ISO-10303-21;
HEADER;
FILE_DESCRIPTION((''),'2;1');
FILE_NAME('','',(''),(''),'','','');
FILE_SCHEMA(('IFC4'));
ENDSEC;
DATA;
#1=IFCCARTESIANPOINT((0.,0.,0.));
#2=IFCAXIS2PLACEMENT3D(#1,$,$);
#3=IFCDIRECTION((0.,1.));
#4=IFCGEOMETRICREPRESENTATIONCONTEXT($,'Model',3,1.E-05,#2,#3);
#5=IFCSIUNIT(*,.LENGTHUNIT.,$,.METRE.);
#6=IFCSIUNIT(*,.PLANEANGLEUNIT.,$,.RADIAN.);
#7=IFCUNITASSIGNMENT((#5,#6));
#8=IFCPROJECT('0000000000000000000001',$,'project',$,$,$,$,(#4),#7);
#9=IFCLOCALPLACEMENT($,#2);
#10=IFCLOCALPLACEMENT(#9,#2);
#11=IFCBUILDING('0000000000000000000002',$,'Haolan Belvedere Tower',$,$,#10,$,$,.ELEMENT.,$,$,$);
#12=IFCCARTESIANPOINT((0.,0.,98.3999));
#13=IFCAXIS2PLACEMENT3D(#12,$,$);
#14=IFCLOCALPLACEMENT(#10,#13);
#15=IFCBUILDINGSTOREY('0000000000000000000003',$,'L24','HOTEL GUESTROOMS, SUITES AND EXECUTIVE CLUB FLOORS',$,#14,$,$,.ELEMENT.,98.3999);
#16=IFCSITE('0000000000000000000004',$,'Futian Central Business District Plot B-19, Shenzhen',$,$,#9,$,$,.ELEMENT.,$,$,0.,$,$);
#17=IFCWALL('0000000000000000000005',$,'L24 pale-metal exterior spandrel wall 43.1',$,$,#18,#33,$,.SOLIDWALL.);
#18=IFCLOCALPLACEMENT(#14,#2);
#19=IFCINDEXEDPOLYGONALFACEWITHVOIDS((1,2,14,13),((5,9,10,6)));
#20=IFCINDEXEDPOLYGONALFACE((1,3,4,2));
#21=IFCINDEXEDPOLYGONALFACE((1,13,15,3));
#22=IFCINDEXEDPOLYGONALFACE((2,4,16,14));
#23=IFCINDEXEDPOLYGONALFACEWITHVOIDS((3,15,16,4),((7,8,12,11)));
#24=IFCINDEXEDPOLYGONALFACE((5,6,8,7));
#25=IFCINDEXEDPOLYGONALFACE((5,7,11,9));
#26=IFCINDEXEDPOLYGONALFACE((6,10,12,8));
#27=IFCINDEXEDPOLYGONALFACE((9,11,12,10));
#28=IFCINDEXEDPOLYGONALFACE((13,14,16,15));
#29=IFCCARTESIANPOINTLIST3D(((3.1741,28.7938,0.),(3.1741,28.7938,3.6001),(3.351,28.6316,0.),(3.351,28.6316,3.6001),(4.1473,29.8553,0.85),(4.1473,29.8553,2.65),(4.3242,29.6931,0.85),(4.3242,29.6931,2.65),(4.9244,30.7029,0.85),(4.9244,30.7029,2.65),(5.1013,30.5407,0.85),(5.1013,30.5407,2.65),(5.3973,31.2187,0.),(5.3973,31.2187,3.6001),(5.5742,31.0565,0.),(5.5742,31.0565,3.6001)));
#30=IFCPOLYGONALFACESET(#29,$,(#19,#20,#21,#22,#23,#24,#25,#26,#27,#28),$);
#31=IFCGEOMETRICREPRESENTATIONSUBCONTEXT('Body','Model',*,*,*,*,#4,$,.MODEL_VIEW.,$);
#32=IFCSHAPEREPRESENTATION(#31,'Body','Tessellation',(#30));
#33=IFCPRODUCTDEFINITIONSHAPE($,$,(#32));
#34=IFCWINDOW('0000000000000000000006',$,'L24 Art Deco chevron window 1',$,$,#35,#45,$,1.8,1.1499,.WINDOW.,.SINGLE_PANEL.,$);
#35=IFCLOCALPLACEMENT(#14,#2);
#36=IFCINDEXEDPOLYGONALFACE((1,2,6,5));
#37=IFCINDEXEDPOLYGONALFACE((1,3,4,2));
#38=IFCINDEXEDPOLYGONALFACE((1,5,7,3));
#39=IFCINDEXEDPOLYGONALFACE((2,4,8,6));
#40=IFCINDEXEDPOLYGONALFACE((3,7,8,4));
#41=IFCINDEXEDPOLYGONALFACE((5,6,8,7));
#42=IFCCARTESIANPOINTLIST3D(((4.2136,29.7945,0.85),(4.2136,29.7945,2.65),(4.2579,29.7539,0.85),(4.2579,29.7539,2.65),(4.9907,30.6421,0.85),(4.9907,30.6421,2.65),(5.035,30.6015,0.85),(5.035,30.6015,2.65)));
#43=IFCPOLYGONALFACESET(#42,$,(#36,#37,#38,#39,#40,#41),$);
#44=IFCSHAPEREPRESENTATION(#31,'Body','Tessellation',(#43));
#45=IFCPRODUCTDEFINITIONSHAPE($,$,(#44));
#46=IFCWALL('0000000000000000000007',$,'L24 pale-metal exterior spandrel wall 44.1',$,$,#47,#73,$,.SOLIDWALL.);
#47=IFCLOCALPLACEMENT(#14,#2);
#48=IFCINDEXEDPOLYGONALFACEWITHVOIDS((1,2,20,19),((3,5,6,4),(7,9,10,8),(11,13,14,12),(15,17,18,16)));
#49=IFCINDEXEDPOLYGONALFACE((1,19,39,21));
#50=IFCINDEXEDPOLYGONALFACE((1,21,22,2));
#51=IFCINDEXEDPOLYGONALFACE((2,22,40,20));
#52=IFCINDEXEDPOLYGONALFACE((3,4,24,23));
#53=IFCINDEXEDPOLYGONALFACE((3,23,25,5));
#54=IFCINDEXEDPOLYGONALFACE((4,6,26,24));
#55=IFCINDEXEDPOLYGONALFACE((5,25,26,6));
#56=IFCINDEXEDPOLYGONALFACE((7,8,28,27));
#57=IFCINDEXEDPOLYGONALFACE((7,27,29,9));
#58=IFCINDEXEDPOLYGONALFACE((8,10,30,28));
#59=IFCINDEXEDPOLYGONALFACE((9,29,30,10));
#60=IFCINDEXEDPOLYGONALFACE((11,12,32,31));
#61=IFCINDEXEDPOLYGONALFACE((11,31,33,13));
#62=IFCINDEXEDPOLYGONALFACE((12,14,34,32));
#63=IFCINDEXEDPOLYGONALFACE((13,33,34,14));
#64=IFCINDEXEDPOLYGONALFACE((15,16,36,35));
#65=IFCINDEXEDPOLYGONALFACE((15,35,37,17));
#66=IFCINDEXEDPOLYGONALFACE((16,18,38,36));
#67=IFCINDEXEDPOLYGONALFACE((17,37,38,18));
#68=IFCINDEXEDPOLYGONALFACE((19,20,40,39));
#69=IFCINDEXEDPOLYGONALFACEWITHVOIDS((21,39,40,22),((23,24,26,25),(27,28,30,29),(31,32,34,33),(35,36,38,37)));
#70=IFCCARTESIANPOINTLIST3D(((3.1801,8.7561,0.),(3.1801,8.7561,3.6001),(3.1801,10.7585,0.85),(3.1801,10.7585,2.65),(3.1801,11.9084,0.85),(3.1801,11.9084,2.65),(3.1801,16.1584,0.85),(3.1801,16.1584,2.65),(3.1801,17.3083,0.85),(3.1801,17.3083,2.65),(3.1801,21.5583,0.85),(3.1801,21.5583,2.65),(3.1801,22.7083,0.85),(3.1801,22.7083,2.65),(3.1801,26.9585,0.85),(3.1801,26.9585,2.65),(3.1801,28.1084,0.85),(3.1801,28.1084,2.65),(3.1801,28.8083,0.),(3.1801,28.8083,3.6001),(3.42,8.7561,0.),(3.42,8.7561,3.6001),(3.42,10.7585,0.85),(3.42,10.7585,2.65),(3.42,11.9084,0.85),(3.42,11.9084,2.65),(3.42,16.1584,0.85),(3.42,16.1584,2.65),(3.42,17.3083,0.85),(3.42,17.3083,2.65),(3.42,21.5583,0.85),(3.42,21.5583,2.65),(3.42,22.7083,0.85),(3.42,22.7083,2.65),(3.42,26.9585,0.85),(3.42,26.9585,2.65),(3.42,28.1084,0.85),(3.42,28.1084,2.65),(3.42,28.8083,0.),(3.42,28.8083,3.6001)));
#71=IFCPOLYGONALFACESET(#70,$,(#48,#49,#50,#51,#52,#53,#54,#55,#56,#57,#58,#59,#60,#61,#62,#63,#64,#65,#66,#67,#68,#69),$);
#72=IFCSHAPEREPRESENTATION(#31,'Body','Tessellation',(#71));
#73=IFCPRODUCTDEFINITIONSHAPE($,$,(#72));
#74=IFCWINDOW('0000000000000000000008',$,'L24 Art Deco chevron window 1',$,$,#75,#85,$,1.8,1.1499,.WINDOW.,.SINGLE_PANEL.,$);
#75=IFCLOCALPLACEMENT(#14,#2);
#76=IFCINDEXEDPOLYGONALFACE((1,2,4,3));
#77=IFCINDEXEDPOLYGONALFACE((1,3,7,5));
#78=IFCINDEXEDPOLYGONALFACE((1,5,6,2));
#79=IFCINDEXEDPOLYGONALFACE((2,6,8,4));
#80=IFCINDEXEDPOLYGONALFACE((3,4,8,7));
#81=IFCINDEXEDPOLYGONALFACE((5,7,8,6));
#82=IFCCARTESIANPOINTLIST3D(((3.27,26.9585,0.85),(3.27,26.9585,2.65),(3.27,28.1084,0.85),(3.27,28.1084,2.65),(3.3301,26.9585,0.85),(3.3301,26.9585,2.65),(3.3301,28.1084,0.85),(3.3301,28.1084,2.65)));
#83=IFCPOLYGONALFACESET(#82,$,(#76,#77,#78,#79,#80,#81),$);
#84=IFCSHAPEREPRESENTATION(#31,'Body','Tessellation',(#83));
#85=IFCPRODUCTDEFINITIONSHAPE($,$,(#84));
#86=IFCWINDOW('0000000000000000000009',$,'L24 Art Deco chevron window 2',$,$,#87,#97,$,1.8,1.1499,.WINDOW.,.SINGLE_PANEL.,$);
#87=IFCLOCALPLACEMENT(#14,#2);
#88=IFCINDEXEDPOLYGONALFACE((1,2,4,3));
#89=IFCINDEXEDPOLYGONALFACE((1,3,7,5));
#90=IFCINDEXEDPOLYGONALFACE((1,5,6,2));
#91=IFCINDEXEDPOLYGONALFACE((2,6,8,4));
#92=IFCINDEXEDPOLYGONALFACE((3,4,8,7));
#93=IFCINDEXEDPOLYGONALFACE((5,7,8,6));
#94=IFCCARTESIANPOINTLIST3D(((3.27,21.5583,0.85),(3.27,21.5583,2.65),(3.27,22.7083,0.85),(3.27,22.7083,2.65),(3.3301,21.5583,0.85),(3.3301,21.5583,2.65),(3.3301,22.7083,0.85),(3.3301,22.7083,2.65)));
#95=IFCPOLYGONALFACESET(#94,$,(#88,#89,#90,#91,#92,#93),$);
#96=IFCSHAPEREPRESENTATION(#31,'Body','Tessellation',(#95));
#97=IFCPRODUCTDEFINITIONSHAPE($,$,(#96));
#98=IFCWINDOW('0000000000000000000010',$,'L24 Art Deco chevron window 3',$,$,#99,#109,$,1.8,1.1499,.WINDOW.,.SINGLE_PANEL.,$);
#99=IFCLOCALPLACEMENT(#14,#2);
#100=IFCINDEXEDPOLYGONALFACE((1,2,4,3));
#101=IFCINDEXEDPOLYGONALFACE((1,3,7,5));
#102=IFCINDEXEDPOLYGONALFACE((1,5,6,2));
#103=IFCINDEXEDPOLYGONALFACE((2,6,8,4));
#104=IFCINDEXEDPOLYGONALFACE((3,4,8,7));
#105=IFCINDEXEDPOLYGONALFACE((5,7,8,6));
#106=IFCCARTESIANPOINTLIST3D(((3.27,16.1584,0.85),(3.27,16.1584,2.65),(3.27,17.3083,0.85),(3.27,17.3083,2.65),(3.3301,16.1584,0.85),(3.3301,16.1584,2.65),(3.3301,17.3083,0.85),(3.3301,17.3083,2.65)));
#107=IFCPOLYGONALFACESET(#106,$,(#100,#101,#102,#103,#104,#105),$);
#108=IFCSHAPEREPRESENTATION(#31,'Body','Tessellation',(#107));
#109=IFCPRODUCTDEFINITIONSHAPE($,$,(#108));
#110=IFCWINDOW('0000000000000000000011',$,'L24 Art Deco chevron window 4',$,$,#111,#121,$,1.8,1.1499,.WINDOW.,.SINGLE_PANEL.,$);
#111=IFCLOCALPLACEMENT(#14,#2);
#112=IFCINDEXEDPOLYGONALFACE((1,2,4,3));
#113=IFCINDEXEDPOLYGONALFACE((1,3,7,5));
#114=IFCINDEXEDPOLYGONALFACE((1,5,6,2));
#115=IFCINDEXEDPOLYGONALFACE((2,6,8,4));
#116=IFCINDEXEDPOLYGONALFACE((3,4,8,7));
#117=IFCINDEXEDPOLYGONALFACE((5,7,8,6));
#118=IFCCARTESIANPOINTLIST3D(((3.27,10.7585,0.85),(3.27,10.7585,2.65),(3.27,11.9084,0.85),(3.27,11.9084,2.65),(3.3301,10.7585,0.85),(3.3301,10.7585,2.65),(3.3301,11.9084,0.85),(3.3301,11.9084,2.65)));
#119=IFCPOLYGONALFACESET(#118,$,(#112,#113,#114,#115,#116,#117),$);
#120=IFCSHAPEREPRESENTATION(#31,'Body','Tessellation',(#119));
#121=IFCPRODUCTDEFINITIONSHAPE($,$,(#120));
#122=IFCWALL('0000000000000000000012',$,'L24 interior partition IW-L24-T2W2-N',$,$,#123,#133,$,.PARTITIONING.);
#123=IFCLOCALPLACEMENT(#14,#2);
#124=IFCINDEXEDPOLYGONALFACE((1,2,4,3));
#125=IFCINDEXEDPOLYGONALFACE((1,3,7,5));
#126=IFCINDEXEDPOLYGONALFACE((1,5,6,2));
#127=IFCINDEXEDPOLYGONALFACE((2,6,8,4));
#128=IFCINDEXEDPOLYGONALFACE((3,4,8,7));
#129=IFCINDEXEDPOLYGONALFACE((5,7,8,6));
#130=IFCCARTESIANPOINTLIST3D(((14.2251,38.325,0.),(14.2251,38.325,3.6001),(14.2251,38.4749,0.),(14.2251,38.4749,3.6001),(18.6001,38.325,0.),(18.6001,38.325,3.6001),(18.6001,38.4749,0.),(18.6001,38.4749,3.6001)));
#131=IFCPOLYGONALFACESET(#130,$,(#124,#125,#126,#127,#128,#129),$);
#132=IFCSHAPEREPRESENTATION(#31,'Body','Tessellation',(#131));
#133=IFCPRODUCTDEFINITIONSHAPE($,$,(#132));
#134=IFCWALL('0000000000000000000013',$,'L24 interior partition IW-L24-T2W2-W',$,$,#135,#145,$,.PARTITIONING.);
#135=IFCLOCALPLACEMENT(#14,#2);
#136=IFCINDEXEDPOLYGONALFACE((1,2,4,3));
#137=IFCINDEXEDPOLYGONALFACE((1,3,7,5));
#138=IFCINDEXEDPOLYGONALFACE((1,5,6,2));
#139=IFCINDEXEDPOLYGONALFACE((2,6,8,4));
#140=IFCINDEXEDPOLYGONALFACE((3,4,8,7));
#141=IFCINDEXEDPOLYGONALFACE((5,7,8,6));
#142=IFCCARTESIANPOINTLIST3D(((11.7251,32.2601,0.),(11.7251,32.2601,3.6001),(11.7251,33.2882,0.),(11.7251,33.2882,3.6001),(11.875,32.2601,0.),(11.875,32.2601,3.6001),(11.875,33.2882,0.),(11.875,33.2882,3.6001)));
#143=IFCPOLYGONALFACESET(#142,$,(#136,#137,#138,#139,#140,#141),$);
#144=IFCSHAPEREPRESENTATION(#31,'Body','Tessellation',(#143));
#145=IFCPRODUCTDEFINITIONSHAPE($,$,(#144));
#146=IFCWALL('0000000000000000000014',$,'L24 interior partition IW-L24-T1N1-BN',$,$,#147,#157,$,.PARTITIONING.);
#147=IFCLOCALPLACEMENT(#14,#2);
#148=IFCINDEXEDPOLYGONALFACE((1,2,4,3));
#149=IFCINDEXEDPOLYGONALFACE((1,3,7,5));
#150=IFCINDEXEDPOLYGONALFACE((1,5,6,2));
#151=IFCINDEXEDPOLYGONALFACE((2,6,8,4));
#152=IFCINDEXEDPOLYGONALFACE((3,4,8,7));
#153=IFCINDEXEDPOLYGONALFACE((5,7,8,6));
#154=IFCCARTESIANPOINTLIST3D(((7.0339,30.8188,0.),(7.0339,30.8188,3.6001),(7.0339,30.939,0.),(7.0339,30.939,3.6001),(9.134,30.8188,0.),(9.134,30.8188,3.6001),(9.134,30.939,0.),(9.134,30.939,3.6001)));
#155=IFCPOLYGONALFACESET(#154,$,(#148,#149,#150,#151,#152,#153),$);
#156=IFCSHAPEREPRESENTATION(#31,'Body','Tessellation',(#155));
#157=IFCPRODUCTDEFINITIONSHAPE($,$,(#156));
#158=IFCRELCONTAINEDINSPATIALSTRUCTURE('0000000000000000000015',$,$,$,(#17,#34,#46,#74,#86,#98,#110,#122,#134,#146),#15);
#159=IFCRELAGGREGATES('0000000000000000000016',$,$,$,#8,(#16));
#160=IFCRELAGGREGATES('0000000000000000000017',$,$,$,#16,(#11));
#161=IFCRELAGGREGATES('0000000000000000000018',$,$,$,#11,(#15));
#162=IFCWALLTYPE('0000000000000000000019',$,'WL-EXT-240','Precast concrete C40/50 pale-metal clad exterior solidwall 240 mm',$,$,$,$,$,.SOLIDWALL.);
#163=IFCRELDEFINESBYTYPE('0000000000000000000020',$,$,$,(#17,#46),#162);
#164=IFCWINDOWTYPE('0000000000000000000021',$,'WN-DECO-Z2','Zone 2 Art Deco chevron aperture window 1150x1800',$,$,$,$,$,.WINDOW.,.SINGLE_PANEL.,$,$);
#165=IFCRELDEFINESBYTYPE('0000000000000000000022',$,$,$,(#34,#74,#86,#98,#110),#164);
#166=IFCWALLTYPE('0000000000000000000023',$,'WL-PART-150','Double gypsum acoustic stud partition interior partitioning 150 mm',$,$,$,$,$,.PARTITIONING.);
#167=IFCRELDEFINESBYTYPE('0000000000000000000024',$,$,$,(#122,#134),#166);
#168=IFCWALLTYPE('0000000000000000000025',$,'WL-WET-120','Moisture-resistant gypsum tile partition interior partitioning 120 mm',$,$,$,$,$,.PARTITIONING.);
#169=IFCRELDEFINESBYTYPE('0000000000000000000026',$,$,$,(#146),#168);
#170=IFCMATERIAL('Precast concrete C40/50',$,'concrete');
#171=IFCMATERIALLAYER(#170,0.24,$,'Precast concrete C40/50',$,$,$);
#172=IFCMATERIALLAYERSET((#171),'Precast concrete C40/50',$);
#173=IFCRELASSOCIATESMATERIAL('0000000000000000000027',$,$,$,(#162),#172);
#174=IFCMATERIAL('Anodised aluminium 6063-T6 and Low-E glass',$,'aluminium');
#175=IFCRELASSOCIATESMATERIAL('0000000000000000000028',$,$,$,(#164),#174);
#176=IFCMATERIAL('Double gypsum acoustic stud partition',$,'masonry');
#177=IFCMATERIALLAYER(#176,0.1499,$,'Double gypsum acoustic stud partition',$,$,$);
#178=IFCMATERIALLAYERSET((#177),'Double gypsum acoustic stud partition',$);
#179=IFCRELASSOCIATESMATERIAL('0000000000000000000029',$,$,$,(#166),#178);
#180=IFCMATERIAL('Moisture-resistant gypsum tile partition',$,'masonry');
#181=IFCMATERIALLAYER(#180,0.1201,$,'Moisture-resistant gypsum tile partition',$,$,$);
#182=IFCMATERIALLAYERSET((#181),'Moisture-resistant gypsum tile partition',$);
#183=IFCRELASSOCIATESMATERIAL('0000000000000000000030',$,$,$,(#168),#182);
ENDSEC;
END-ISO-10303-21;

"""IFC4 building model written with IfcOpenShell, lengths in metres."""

from ifc_helpers import new_model, si_unit, direction, frame, frame_2d, origin, place, context, subcontext, project, spatial, rectangle, extrude, material, layer, layer_set, type_object, element, fill, save


model = new_model("IFC4")

# Units and contexts
model_context = context("Model", 3, precision=1e-05, world=origin(), true_north=direction((0.0, 1.0)))
body_context = subcontext(model_context, "Body", "Model", "MODEL_VIEW")
ifc_project = project(units=[si_unit("LENGTHUNIT", "METRE"), si_unit("PLANEANGLEUNIT", "RADIAN")], contexts=[model_context])

# Site, building, storey
site_placement = place(None, origin())
site = spatial("IfcSite", under=ifc_project, at=site_placement, Name="Futian Central Business District Plot B-19, Shenzhen", CompositionType="ELEMENT", RefElevation=0.0)
building_placement = place(site_placement, origin())
building = spatial("IfcBuilding", under=site, at=building_placement, Name="Haolan Belvedere Tower", CompositionType="ELEMENT")
storey_placement = place(building_placement, frame((0.0, 0.0, 98.3999)))
storey = spatial("IfcBuildingStorey", under=building, at=storey_placement, Name="L24", Description="HOTEL GUESTROOMS, SUITES AND EXECUTIVE CLUB FLOORS", CompositionType="ELEMENT", Elevation=98.3999)

# Shared definitions
ifc_material_1 = material(Name="Precast concrete C40/50", Category="concrete")
ifc_layer_1 = layer(ifc_material_1, 0.24, Name="Precast concrete C40/50")
ifc_layer_set_1 = layer_set([ifc_layer_1], Name="Precast concrete C40/50")
wall_type_1 = type_object("IfcWallType", Name="WL-EXT-240", Description="Precast concrete C40/50 pale-metal clad exterior solidwall 240 mm", PredefinedType="SOLIDWALL", material=ifc_layer_set_1)

# Wall, opening, window
ifc_material_2 = material(Name="Anodised aluminium 6063-T6 and Low-E glass", Category="aluminium")
window_type = type_object("IfcWindowType", Name="WN-DECO-Z2", Description="Zone 2 Art Deco chevron aperture window 1150x1800", PartitioningType="SINGLE_PANEL", PredefinedType="WINDOW", material=ifc_material_2)
wall_1_placement = place(storey_placement, frame((5.4858, 31.1377, 0.0), z_axis=(0.0, 0.0, 1.0), x_axis=(-0.675792, -0.737093, 0.0)))
wall_1 = element("IfcWall", 1, at=wall_1_placement, inside=storey, type_object=wall_type_1, Name="L24 pale-metal exterior spandrel wall 43.1", PredefinedType="SOLIDWALL", context=body_context, shape_type="SweptSolid", body=[
    extrude(rectangle(XDim=3.2898, YDim=0.24, at=frame_2d((1.645, 0.0))), origin(), (0.0, 0.0, 1.0), 3.6001),
])
opening_1_placement = place(wall_1_placement, frame((0.7, 0.0, 0.8501)))
opening_1 = element("IfcOpeningElement", 2, at=opening_1_placement, cuts=wall_1, PredefinedType="OPENING", context=body_context, shape_type="SweptSolid", body=[
    extrude(rectangle(XDim=1.1499, YDim=1.8, at=frame_2d((0.575, 0.8999))), frame((0.0, 0.1299, 0.0), z_axis=(0.0, -1.0, 0.0), x_axis=(1.0, 0.0, 0.0)), (0.0, 0.0, 1.0), 0.26),
])
window_1_placement = place(opening_1_placement, origin())
window_1 = element("IfcWindow", 3, at=window_1_placement, inside=storey, type_object=window_type, Name="L24 Art Deco chevron window 1", OverallHeight=1.8, OverallWidth=1.1499, PartitioningType="SINGLE_PANEL", PredefinedType="WINDOW", context=body_context, shape_type="SweptSolid", body=[
    extrude(rectangle(XDim=1.1499, YDim=1.8, at=frame_2d((0.575, 0.8999))), frame((0.0, 0.03, 0.0), z_axis=(0.0, -1.0, 0.0), x_axis=(1.0, 0.0, 0.0)), (0.0, 0.0, 1.0), 0.0601),
])
fill(opening_1, window_1)

# Wall, openings, windows
wall_2_placement = place(storey_placement, frame((3.3, 28.8083, 0.0), z_axis=(0.0, 0.0, 1.0), x_axis=(0.0, -1.0, 0.0)))
wall_2 = element("IfcWall", 4, at=wall_2_placement, inside=storey, type_object=wall_type_1, Name="L24 pale-metal exterior spandrel wall 44.1", PredefinedType="SOLIDWALL", context=body_context, shape_type="SweptSolid", body=[
    extrude(rectangle(XDim=20.0522, YDim=0.24, at=frame_2d((10.0261, 0.0))), origin(), (0.0, 0.0, 1.0), 3.6001),
])
opening_2_placement = place(wall_2_placement, frame((0.7, 0.0, 0.8501)))
opening_2 = element("IfcOpeningElement", 5, at=opening_2_placement, cuts=wall_2, PredefinedType="OPENING", context=body_context, shape_type="SweptSolid", body=[
    extrude(rectangle(XDim=1.1499, YDim=1.8, at=frame_2d((0.575, 0.8999))), frame((0.0, 0.1299, 0.0), z_axis=(0.0, -1.0, 0.0), x_axis=(1.0, 0.0, 0.0)), (0.0, 0.0, 1.0), 0.26),
])
opening_3_placement = place(wall_2_placement, frame((6.1001, 0.0, 0.8501)))
opening_3 = element("IfcOpeningElement", 6, at=opening_3_placement, cuts=wall_2, PredefinedType="OPENING", context=body_context, shape_type="SweptSolid", body=[
    extrude(rectangle(XDim=1.1499, YDim=1.8, at=frame_2d((0.575, 0.8999))), frame((0.0, 0.1299, 0.0), z_axis=(0.0, -1.0, 0.0), x_axis=(1.0, 0.0, 0.0)), (0.0, 0.0, 1.0), 0.26),
])
opening_4_placement = place(wall_2_placement, frame((11.5, 0.0, 0.8501)))
opening_4 = element("IfcOpeningElement", 7, at=opening_4_placement, cuts=wall_2, PredefinedType="OPENING", context=body_context, shape_type="SweptSolid", body=[
    extrude(rectangle(XDim=1.1499, YDim=1.8, at=frame_2d((0.575, 0.8999))), frame((0.0, 0.1299, 0.0), z_axis=(0.0, -1.0, 0.0), x_axis=(1.0, 0.0, 0.0)), (0.0, 0.0, 1.0), 0.26),
])
opening_5_placement = place(wall_2_placement, frame((16.8999, 0.0, 0.8501)))
opening_5 = element("IfcOpeningElement", 8, at=opening_5_placement, cuts=wall_2, PredefinedType="OPENING", context=body_context, shape_type="SweptSolid", body=[
    extrude(rectangle(XDim=1.1499, YDim=1.8, at=frame_2d((0.575, 0.8999))), frame((0.0, 0.1299, 0.0), z_axis=(0.0, -1.0, 0.0), x_axis=(1.0, 0.0, 0.0)), (0.0, 0.0, 1.0), 0.26),
])
window_2_placement = place(opening_2_placement, origin())
window_2 = element("IfcWindow", 9, at=window_2_placement, inside=storey, type_object=window_type, Name="L24 Art Deco chevron window 1", OverallHeight=1.8, OverallWidth=1.1499, PartitioningType="SINGLE_PANEL", PredefinedType="WINDOW", context=body_context, shape_type="SweptSolid", body=[
    extrude(rectangle(XDim=1.1499, YDim=1.8, at=frame_2d((0.575, 0.8999))), frame((0.0, 0.03, 0.0), z_axis=(0.0, -1.0, 0.0), x_axis=(1.0, 0.0, 0.0)), (0.0, 0.0, 1.0), 0.0601),
])
fill(opening_2, window_2)
window_3_placement = place(opening_3_placement, origin())
window_3 = element("IfcWindow", 10, at=window_3_placement, inside=storey, type_object=window_type, Name="L24 Art Deco chevron window 2", OverallHeight=1.8, OverallWidth=1.1499, PartitioningType="SINGLE_PANEL", PredefinedType="WINDOW", context=body_context, shape_type="SweptSolid", body=[
    extrude(rectangle(XDim=1.1499, YDim=1.8, at=frame_2d((0.575, 0.8999))), frame((0.0, 0.03, 0.0), z_axis=(0.0, -1.0, 0.0), x_axis=(1.0, 0.0, 0.0)), (0.0, 0.0, 1.0), 0.0601),
])
fill(opening_3, window_3)
window_4_placement = place(opening_4_placement, origin())
window_4 = element("IfcWindow", 11, at=window_4_placement, inside=storey, type_object=window_type, Name="L24 Art Deco chevron window 3", OverallHeight=1.8, OverallWidth=1.1499, PartitioningType="SINGLE_PANEL", PredefinedType="WINDOW", context=body_context, shape_type="SweptSolid", body=[
    extrude(rectangle(XDim=1.1499, YDim=1.8, at=frame_2d((0.575, 0.8999))), frame((0.0, 0.03, 0.0), z_axis=(0.0, -1.0, 0.0), x_axis=(1.0, 0.0, 0.0)), (0.0, 0.0, 1.0), 0.0601),
])
fill(opening_4, window_4)
window_5_placement = place(opening_5_placement, origin())
window_5 = element("IfcWindow", 12, at=window_5_placement, inside=storey, type_object=window_type, Name="L24 Art Deco chevron window 4", OverallHeight=1.8, OverallWidth=1.1499, PartitioningType="SINGLE_PANEL", PredefinedType="WINDOW", context=body_context, shape_type="SweptSolid", body=[
    extrude(rectangle(XDim=1.1499, YDim=1.8, at=frame_2d((0.575, 0.8999))), frame((0.0, 0.03, 0.0), z_axis=(0.0, -1.0, 0.0), x_axis=(1.0, 0.0, 0.0)), (0.0, 0.0, 1.0), 0.0601),
])
fill(opening_5, window_5)

# Walls
ifc_material_3 = material(Name="Double gypsum acoustic stud partition", Category="masonry")
ifc_layer_2 = layer(ifc_material_3, 0.1499, Name="Double gypsum acoustic stud partition")
ifc_layer_set_2 = layer_set([ifc_layer_2], Name="Double gypsum acoustic stud partition")
wall_type_2 = type_object("IfcWallType", Name="WL-PART-150", Description="Double gypsum acoustic stud partition interior partitioning 150 mm", PredefinedType="PARTITIONING", material=ifc_layer_set_2)
wall_3_placement = place(storey_placement, frame((14.2251, 38.3999, 0.0), z_axis=(0.0, 0.0, 1.0), x_axis=(1.0, 0.0, 0.0)))
element("IfcWall", 13, at=wall_3_placement, inside=storey, type_object=wall_type_2, Name="L24 interior partition IW-L24-T2W2-N", PredefinedType="PARTITIONING", context=body_context, shape_type="SweptSolid", body=[
    extrude(rectangle(XDim=4.375, YDim=0.1499, at=frame_2d((2.1875, 0.0))), origin(), (0.0, 0.0, 1.0), 3.6001),
])
wall_4_placement = place(storey_placement, frame((11.8, 32.26, 0.0), z_axis=(0.0, 0.0, 1.0), x_axis=(0.0, 1.0, 0.0)))
element("IfcWall", 14, at=wall_4_placement, inside=storey, type_object=wall_type_2, Name="L24 interior partition IW-L24-T2W2-W", PredefinedType="PARTITIONING", context=body_context, shape_type="SweptSolid", body=[
    extrude(rectangle(XDim=1.0281, YDim=0.1499, at=frame_2d((0.5142, 0.0))), origin(), (0.0, 0.0, 1.0), 3.6001),
])
ifc_material_4 = material(Name="Moisture-resistant gypsum tile partition", Category="masonry")
ifc_layer_3 = layer(ifc_material_4, 0.1201, Name="Moisture-resistant gypsum tile partition")
ifc_layer_set_3 = layer_set([ifc_layer_3], Name="Moisture-resistant gypsum tile partition")
wall_type_3 = type_object("IfcWallType", Name="WL-WET-120", Description="Moisture-resistant gypsum tile partition interior partitioning 120 mm", PredefinedType="PARTITIONING", material=ifc_layer_set_3)
wall_5_placement = place(storey_placement, frame((7.0339, 30.8789, 0.0), z_axis=(0.0, 0.0, 1.0), x_axis=(1.0, 0.0, 0.0)))
element("IfcWall", 15, at=wall_5_placement, inside=storey, type_object=wall_type_3, Name="L24 interior partition IW-L24-T1N1-BN", PredefinedType="PARTITIONING", context=body_context, shape_type="SweptSolid", body=[
    extrude(rectangle(XDim=2.1001, YDim=0.1201, at=frame_2d((1.05, 0.0))), origin(), (0.0, 0.0, 1.0), 3.6001),
])

save(model, "model.ifc")
